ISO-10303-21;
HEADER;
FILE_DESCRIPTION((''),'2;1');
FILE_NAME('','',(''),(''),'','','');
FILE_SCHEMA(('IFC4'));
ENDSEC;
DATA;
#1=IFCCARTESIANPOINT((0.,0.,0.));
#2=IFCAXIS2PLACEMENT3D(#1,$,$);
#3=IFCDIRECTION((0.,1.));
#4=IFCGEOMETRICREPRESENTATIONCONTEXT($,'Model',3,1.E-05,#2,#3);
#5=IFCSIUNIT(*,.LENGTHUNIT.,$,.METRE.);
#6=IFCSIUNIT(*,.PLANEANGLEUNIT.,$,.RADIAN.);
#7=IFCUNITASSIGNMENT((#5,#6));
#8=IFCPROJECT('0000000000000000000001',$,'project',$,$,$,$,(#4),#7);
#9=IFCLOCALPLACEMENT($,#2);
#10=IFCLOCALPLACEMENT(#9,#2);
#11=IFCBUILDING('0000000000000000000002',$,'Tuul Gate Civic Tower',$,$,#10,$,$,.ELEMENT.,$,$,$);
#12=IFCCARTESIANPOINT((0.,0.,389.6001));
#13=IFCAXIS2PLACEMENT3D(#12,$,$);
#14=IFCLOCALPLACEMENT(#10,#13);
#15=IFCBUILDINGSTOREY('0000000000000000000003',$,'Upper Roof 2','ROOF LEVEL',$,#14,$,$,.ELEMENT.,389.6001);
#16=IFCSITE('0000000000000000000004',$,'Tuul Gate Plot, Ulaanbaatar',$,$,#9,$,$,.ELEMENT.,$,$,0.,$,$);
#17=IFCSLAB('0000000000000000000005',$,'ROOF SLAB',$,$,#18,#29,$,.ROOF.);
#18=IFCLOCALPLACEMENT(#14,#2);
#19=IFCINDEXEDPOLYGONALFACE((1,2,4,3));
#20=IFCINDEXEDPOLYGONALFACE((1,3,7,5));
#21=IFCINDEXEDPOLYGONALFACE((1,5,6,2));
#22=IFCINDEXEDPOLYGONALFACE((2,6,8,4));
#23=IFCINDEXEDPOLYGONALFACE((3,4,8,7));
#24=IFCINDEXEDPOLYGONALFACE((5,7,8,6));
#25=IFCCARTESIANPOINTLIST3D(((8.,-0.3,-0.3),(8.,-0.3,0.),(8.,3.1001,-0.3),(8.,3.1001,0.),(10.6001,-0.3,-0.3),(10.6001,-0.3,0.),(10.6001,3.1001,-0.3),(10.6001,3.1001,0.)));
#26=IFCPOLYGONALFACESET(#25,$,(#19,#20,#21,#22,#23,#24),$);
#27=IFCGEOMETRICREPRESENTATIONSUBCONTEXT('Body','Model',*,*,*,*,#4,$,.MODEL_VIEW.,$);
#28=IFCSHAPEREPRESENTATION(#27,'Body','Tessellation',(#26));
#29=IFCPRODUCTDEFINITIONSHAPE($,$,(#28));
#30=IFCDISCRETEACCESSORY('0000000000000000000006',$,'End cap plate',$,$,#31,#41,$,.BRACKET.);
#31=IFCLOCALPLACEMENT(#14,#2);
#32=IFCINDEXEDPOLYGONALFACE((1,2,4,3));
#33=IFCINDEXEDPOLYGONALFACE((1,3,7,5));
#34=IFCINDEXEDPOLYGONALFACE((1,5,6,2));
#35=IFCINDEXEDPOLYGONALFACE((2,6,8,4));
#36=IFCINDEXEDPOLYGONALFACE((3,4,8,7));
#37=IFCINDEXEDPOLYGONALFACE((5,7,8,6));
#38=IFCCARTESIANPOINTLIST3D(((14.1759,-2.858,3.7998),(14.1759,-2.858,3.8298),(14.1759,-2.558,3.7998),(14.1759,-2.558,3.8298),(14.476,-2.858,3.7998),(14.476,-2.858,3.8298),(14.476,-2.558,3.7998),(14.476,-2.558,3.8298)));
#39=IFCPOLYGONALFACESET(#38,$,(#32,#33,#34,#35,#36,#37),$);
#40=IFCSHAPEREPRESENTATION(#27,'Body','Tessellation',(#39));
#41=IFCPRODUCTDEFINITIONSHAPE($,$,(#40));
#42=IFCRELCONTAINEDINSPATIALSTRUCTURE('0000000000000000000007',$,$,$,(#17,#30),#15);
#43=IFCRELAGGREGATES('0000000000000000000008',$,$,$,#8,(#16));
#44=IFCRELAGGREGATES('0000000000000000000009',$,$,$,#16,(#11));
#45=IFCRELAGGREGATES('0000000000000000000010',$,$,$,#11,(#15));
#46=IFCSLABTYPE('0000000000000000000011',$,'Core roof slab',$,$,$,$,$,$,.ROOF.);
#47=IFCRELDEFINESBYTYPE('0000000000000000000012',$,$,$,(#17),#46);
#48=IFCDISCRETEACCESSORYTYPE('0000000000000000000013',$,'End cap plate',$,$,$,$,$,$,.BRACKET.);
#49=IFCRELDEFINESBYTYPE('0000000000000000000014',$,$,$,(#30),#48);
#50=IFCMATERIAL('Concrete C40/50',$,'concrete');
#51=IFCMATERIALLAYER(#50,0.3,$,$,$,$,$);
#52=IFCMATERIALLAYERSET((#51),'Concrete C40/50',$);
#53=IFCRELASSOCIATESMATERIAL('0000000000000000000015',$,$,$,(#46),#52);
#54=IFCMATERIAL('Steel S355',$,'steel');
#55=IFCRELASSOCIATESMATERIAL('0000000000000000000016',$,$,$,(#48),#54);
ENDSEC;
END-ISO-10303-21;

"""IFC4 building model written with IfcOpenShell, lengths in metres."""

from ifc_helpers import new_model, si_unit, direction, frame, origin, origin_2d, place, context, subcontext, project, spatial, polyline, rectangle, outline, extrude, material, layer, layer_set, type_object, element, save


model = new_model("IFC4")

# Units and contexts
model_context = context("Model", 3, precision=1e-05, world=origin(), true_north=direction((0.0, 1.0)))
body_context = subcontext(model_context, "Body", "Model", "MODEL_VIEW")
ifc_project = project(units=[si_unit("LENGTHUNIT", "METRE"), si_unit("PLANEANGLEUNIT", "RADIAN")], contexts=[model_context])

# Site, building, storey
site_placement = place(None, origin())
site = spatial("IfcSite", under=ifc_project, at=site_placement, Name="Tuul Gate Plot, Ulaanbaatar", CompositionType="ELEMENT", RefElevation=0.0)
building_placement = place(site_placement, origin())
building = spatial("IfcBuilding", under=site, at=building_placement, Name="Tuul Gate Civic Tower", CompositionType="ELEMENT")
storey_placement = place(building_placement, frame((0.0, 0.0, 389.6001)))
storey = spatial("IfcBuildingStorey", under=building, at=storey_placement, Name="Upper Roof 2", Description="ROOF LEVEL", CompositionType="ELEMENT", Elevation=389.6001)

# Slab
ifc_material_1 = material(Name="Concrete C40/50", Category="concrete")
ifc_layer = layer(ifc_material_1, 0.3)
ifc_layer_set = layer_set([ifc_layer], Name="Concrete C40/50")
slab_type = type_object("IfcSlabType", Name="Core roof slab", PredefinedType="ROOF", material=ifc_layer_set)
slab_placement = place(storey_placement, frame((0.0, 0.0, -0.3)))
element("IfcSlab", 1, at=slab_placement, inside=storey, type_object=slab_type, Name="ROOF SLAB", PredefinedType="ROOF", context=body_context, shape_type="SweptSolid", body=[
    extrude(outline(polyline([(10.6001, -0.3), (10.6001, 3.1001), (8.0, 3.1001), (8.0, -0.3), (10.6001, -0.3)])), origin(), (0.0, 0.0, 1.0), 0.3),
])

# Discrete accessory
ifc_material_2 = material(Name="Steel S355", Category="steel")
discrete_accessory_type = type_object("IfcDiscreteAccessoryType", Name="End cap plate", PredefinedType="BRACKET", material=ifc_material_2)
discrete_accessory_placement = place(storey_placement, frame((14.3259, -2.708, 3.7998), z_axis=(0.0, 0.0, 1.0), x_axis=(1.0, 0.0, 0.0)))
element("IfcDiscreteAccessory", 2, at=discrete_accessory_placement, inside=storey, type_object=discrete_accessory_type, Name="End cap plate", PredefinedType="BRACKET", context=body_context, shape_type="SweptSolid", body=[
    extrude(rectangle(XDim=0.3, YDim=0.3, at=origin_2d()), origin(), (0.0, 0.0, 1.0), 0.03),
])

save(model, "model.ifc")
